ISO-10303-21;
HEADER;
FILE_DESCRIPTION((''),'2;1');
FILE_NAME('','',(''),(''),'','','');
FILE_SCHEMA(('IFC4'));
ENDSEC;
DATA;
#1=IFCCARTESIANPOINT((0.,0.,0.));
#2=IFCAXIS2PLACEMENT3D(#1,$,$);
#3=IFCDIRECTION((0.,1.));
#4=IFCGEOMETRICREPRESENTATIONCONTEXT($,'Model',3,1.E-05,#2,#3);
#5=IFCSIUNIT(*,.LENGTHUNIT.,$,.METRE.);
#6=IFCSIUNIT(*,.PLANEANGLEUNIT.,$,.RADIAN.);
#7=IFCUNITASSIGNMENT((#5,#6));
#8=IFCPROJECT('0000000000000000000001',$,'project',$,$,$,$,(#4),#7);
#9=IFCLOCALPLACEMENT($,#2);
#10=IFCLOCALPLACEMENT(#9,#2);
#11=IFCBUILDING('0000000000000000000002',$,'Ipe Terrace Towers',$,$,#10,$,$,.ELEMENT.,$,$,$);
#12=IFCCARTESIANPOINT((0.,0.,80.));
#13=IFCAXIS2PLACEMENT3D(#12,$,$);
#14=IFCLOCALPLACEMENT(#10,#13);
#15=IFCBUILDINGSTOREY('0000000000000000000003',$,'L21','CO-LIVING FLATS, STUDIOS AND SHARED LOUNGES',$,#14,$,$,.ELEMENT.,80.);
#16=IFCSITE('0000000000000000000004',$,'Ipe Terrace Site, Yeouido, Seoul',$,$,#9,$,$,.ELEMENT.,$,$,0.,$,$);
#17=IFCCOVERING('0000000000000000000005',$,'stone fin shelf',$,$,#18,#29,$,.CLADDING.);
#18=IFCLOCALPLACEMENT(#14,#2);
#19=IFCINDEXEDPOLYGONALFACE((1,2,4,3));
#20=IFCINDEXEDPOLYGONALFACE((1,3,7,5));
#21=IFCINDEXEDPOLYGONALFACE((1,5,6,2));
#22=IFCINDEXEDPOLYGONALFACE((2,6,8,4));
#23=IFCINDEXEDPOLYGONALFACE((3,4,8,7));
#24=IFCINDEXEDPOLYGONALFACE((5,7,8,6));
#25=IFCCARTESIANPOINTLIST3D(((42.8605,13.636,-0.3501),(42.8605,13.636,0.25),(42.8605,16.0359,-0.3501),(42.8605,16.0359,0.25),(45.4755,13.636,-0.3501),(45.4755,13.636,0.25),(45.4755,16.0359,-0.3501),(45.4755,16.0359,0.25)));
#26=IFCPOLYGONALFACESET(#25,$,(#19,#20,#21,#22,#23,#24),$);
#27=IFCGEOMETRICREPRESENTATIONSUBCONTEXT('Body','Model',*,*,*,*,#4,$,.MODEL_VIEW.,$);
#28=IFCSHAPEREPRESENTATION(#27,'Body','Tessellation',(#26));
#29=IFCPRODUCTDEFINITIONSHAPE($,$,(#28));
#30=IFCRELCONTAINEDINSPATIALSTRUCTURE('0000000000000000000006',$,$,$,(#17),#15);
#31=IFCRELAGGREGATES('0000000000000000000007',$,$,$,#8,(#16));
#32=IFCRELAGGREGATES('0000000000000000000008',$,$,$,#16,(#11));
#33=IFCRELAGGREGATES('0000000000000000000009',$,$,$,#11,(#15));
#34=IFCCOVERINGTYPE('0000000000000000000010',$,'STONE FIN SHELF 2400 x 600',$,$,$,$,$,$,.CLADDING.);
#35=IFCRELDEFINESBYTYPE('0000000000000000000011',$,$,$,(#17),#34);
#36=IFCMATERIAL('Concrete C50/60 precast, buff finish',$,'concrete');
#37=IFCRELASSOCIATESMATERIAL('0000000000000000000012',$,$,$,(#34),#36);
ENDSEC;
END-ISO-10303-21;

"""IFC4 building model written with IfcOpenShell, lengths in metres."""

from ifc_helpers import new_model, si_unit, direction, frame, origin, origin_2d, place, context, subcontext, project, spatial, rectangle, extrude, material, type_object, element, save


model = new_model("IFC4")

# Units and contexts
model_context = context("Model", 3, precision=1e-05, world=origin(), true_north=direction((0.0, 1.0)))
body_context = subcontext(model_context, "Body", "Model", "MODEL_VIEW")
ifc_project = project(units=[si_unit("LENGTHUNIT", "METRE"), si_unit("PLANEANGLEUNIT", "RADIAN")], contexts=[model_context])

# Site, building, storey
site_placement = place(None, origin())
site = spatial("IfcSite", under=ifc_project, at=site_placement, Name="Ipe Terrace Site, Yeouido, Seoul", CompositionType="ELEMENT", RefElevation=0.0)
building_placement = place(site_placement, origin())
building = spatial("IfcBuilding", under=site, at=building_placement, Name="Ipe Terrace Towers", CompositionType="ELEMENT")
storey_placement = place(building_placement, frame((0.0, 0.0, 80.0)))
storey = spatial("IfcBuildingStorey", under=building, at=storey_placement, Name="L21", Description="CO-LIVING FLATS, STUDIOS AND SHARED LOUNGES", CompositionType="ELEMENT", Elevation=80.0)

# Covering
ifc_material_1 = material(Name="Concrete C50/60 precast, buff finish", Category="concrete")
covering_type_1 = type_object("IfcCoveringType", Name="STONE FIN SHELF 2400 x 600", PredefinedType="CLADDING", material=ifc_material_1)
covering_1_placement = place(storey_placement, frame((44.168, 14.8359, -0.3501), z_axis=(0.0, 0.0, 1.0), x_axis=(0.0, 1.0, 0.0)))
element("IfcCovering", 1, at=covering_1_placement, inside=storey, type_object=covering_type_1, Name="stone fin shelf", PredefinedType="CLADDING", context=body_context, shape_type="SweptSolid", body=[
    extrude(rectangle(XDim=2.3999, YDim=2.615, at=origin_2d()), origin(), (0.0, 0.0, 1.0), 0.6001),
])

save(model, "model.ifc")
